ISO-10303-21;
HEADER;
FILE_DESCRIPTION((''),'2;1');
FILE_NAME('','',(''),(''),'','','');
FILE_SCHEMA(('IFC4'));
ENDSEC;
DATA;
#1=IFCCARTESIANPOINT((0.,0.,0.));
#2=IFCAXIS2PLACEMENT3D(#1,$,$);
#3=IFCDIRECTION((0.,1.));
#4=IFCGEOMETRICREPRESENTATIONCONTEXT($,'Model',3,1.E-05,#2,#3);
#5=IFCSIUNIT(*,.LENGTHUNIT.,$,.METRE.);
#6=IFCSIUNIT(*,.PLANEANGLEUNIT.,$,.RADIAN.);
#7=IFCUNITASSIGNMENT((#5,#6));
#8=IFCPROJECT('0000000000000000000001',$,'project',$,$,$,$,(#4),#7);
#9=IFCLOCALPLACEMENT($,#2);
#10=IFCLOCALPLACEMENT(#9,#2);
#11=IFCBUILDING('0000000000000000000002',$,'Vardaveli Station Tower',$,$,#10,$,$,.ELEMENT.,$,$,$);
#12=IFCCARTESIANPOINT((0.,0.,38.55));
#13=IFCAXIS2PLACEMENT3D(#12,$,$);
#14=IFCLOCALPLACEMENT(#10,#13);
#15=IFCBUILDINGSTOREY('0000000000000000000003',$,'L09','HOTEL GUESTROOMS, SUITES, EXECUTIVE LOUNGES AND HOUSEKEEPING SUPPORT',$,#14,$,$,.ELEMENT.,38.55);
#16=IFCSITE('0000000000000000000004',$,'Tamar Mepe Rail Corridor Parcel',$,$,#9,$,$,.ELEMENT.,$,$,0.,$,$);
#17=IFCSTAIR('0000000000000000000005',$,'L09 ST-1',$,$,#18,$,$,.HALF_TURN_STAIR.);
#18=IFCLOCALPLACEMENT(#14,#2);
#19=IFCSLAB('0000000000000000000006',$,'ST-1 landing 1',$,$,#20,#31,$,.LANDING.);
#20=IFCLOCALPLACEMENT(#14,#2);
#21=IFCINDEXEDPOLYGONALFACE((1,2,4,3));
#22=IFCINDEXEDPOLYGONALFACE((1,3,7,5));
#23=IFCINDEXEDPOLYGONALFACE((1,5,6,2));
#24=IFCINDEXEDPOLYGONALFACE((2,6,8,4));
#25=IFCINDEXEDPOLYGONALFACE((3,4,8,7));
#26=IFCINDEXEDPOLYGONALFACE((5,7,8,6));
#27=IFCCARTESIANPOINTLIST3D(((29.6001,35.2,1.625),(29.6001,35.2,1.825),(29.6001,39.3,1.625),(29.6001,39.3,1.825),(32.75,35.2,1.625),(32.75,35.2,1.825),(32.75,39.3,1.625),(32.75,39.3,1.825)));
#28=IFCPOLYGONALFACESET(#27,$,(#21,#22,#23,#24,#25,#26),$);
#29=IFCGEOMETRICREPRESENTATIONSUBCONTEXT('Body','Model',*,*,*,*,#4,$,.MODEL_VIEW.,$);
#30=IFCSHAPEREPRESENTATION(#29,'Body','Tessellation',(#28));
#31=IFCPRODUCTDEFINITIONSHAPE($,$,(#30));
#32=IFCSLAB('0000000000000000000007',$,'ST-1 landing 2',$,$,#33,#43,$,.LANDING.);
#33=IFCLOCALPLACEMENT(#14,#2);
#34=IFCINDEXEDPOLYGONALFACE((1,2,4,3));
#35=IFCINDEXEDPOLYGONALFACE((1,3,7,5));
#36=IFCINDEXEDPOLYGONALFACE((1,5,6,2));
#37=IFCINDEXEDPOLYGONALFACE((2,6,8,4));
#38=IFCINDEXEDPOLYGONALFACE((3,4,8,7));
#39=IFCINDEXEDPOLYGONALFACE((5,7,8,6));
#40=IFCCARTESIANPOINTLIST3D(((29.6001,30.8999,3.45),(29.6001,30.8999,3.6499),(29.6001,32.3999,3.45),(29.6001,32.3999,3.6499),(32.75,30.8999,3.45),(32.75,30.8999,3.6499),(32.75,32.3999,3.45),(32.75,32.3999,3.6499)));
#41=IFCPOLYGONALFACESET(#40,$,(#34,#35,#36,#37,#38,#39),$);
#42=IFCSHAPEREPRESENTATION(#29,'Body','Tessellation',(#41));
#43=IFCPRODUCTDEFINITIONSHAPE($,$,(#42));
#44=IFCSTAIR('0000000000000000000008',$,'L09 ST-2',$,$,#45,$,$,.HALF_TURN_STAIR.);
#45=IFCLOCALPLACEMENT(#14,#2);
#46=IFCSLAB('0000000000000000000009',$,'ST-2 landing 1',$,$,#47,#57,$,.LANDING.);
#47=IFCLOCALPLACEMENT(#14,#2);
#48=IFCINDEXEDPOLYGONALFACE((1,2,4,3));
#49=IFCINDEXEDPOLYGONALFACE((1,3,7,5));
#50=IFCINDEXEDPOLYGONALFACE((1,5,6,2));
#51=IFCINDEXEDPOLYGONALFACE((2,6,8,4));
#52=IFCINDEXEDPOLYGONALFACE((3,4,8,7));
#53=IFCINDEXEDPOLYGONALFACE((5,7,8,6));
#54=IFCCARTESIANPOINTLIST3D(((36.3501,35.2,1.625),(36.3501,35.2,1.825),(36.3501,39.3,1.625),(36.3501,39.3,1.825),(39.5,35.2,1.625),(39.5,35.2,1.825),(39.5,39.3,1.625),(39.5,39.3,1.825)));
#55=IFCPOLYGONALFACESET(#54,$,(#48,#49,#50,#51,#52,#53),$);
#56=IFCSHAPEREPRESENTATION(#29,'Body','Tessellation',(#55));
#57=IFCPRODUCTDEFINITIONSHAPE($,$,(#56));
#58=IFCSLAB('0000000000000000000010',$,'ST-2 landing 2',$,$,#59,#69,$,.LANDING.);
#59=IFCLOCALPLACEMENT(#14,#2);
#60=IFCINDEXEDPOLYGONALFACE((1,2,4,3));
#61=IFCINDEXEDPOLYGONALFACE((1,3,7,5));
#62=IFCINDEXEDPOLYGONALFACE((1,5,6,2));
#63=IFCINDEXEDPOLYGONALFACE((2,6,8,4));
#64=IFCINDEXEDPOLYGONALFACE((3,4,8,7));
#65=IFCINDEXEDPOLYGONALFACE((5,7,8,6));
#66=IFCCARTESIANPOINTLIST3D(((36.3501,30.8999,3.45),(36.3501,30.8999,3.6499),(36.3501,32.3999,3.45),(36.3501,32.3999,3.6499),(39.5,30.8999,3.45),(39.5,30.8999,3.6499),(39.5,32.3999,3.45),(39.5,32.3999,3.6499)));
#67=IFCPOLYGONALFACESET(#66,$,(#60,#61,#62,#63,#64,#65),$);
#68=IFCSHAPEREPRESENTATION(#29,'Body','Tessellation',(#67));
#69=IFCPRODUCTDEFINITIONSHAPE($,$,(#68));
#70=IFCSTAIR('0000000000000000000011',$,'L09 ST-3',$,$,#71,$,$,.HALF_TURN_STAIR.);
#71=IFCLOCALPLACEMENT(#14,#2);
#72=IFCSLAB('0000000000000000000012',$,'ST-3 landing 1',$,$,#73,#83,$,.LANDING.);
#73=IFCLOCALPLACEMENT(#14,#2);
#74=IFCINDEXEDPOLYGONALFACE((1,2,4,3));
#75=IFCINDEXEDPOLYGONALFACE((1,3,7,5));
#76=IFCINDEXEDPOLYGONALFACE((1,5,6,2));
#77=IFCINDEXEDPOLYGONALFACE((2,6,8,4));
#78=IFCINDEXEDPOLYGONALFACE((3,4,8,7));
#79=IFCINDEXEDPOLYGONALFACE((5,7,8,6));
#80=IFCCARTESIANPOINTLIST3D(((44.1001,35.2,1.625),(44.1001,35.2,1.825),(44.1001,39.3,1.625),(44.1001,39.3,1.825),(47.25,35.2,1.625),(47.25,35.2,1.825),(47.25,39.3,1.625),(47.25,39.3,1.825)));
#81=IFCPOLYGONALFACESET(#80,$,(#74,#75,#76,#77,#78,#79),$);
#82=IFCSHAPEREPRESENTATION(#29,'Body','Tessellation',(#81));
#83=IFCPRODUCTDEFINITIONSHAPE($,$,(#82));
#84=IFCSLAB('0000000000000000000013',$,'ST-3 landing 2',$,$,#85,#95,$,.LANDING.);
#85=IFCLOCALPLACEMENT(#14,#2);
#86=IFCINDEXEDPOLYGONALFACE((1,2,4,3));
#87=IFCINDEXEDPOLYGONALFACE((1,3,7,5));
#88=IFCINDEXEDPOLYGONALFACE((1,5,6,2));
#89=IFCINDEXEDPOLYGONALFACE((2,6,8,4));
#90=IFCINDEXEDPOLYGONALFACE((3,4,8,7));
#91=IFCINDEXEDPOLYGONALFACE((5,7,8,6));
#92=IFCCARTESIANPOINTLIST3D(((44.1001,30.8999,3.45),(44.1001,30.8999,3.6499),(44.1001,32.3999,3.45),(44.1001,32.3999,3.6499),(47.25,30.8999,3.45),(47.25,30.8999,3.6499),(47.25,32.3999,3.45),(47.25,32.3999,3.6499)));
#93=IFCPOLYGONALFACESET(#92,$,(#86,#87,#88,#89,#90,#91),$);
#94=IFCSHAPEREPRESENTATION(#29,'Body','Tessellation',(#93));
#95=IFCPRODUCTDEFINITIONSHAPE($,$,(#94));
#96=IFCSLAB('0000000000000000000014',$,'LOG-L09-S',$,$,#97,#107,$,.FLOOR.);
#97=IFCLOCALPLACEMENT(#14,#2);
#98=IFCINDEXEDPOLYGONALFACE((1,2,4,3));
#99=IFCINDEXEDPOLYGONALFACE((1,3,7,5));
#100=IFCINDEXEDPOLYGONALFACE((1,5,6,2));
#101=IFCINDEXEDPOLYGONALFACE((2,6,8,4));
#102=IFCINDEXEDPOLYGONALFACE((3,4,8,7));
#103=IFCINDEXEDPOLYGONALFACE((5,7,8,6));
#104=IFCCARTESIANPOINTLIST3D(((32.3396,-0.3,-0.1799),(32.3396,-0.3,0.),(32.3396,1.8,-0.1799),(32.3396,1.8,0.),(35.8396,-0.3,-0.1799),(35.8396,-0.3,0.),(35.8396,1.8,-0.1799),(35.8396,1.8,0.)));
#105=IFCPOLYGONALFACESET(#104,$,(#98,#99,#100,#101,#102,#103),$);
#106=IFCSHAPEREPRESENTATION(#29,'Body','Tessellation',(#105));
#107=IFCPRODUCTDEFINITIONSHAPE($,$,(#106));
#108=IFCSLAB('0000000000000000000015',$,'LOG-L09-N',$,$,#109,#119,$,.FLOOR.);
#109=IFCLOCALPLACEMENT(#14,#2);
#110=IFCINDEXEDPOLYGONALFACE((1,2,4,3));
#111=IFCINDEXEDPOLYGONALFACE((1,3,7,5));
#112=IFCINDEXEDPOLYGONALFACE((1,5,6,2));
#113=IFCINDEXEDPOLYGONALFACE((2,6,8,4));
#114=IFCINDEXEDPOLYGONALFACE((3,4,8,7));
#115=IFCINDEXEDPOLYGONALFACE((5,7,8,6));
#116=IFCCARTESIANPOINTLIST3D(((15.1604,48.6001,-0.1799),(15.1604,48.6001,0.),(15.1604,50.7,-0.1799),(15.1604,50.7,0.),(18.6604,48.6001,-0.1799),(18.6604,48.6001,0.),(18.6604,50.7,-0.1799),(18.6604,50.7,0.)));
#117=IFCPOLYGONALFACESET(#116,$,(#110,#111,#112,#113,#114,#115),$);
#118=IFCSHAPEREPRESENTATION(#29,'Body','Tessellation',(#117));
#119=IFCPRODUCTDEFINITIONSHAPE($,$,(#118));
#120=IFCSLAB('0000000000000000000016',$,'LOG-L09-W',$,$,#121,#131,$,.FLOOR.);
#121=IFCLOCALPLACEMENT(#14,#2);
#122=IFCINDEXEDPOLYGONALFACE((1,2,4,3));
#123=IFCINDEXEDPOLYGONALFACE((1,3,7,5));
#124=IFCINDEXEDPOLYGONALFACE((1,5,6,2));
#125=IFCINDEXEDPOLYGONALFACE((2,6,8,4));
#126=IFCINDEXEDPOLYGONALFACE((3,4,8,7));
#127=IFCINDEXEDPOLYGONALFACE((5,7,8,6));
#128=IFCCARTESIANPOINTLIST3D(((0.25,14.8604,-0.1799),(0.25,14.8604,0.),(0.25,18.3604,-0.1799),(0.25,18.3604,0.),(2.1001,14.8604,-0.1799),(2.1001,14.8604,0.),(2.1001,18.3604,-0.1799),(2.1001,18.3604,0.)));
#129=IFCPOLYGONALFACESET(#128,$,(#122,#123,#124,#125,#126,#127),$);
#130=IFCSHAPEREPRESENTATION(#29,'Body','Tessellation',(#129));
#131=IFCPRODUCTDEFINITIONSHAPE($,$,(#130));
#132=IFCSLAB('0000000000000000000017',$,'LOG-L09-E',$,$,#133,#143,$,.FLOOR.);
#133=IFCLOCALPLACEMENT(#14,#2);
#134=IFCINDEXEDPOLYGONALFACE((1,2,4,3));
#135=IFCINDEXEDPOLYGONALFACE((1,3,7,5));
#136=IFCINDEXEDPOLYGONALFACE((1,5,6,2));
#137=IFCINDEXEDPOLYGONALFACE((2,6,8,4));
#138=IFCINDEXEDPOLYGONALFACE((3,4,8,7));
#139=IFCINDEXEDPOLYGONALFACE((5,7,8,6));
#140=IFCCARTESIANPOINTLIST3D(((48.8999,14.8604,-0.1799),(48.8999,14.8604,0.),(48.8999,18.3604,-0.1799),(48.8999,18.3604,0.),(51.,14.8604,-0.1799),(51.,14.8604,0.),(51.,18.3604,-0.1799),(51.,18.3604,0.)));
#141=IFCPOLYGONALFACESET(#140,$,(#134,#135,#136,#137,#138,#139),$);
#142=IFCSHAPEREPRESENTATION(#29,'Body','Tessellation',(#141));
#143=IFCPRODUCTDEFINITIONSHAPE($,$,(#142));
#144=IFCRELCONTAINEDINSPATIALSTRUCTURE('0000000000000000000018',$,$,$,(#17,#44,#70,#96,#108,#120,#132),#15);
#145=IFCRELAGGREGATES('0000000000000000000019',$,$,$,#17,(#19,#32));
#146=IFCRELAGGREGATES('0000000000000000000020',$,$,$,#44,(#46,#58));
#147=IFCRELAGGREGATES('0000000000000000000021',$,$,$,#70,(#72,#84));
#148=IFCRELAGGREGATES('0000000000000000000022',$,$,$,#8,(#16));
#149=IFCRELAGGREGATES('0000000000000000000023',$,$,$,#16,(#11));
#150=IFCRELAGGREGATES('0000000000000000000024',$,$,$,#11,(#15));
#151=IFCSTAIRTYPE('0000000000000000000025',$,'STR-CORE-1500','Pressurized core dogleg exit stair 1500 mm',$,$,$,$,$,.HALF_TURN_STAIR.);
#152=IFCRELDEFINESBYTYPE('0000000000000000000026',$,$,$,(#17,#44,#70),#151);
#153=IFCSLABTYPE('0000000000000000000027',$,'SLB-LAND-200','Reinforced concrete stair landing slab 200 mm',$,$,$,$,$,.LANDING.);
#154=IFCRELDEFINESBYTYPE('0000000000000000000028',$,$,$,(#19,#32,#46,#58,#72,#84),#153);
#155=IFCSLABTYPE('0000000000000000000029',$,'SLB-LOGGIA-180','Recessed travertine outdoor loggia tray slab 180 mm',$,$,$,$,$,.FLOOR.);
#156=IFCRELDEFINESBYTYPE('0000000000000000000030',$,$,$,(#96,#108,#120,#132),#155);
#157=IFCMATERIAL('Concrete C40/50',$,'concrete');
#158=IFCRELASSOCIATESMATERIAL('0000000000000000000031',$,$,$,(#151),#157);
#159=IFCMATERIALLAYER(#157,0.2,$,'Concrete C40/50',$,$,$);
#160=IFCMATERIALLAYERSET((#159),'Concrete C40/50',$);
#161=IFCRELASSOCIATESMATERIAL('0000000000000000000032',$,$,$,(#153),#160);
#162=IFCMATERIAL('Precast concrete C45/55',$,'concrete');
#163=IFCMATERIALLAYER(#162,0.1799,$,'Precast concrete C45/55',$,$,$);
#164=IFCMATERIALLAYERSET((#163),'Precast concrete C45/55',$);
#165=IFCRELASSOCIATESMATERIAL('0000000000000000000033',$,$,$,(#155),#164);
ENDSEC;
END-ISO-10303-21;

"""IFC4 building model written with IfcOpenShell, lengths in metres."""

from ifc_helpers import new_model, si_unit, direction, frame, origin, place, context, subcontext, project, spatial, polyline, outline, extrude, material, layer, layer_set, type_object, element, aggregate, save


model = new_model("IFC4")

# Units and contexts
model_context = context("Model", 3, precision=1e-05, world=origin(), true_north=direction((0.0, 1.0)))
body_context = subcontext(model_context, "Body", "Model", "MODEL_VIEW")
ifc_project = project(units=[si_unit("LENGTHUNIT", "METRE"), si_unit("PLANEANGLEUNIT", "RADIAN")], contexts=[model_context])

# Site, building, storey
site_placement = place(None, origin())
site = spatial("IfcSite", under=ifc_project, at=site_placement, Name="Tamar Mepe Rail Corridor Parcel", CompositionType="ELEMENT", RefElevation=0.0)
building_placement = place(site_placement, origin())
building = spatial("IfcBuilding", under=site, at=building_placement, Name="Vardaveli Station Tower", CompositionType="ELEMENT")
storey_placement = place(building_placement, frame((0.0, 0.0, 38.55)))
storey = spatial("IfcBuildingStorey", under=building, at=storey_placement, Name="L09", Description="HOTEL GUESTROOMS, SUITES, EXECUTIVE LOUNGES AND HOUSEKEEPING SUPPORT", CompositionType="ELEMENT", Elevation=38.55)

# Stairs, slabs
ifc_material_1 = material(Name="Concrete C40/50", Category="concrete")
stair_type = type_object("IfcStairType", Name="STR-CORE-1500", Description="Pressurized core dogleg exit stair 1500 mm", PredefinedType="HALF_TURN_STAIR", material=ifc_material_1)
stair_1_placement = place(storey_placement, origin())
stair_1 = element("IfcStair", 1, at=stair_1_placement, inside=storey, type_object=stair_type, Name="L09 ST-1", PredefinedType="HALF_TURN_STAIR")
ifc_layer_1 = layer(ifc_material_1, 0.2, Name="Concrete C40/50")
ifc_layer_set_1 = layer_set([ifc_layer_1], Name="Concrete C40/50")
slab_type_1 = type_object("IfcSlabType", Name="SLB-LAND-200", Description="Reinforced concrete stair landing slab 200 mm", PredefinedType="LANDING", material=ifc_layer_set_1)
slab_1_placement = place(storey_placement, frame((0.0, 0.0, 1.625)))
slab_1 = element("IfcSlab", 2, at=slab_1_placement, type_object=slab_type_1, Name="ST-1 landing 1", PredefinedType="LANDING", context=body_context, shape_type="SweptSolid", body=[
    extrude(outline(polyline([(32.75, 35.2), (32.75, 39.3), (29.6001, 39.3), (29.6001, 35.2), (32.75, 35.2)])), origin(), (0.0, 0.0, 1.0), 0.2),
])
slab_2_placement = place(storey_placement, frame((0.0, 0.0, 3.45)))
slab_2 = element("IfcSlab", 3, at=slab_2_placement, type_object=slab_type_1, Name="ST-1 landing 2", PredefinedType="LANDING", context=body_context, shape_type="SweptSolid", body=[
    extrude(outline(polyline([(32.75, 30.8999), (32.75, 32.3999), (29.6001, 32.3999), (29.6001, 30.8999), (32.75, 30.8999)])), origin(), (0.0, 0.0, 1.0), 0.2),
])
aggregate(stair_1, [slab_1, slab_2])
stair_2_placement = place(storey_placement, origin())
stair_2 = element("IfcStair", 4, at=stair_2_placement, inside=storey, type_object=stair_type, Name="L09 ST-2", PredefinedType="HALF_TURN_STAIR")
slab_3_placement = place(storey_placement, frame((0.0, 0.0, 1.625)))
slab_3 = element("IfcSlab", 5, at=slab_3_placement, type_object=slab_type_1, Name="ST-2 landing 1", PredefinedType="LANDING", context=body_context, shape_type="SweptSolid", body=[
    extrude(outline(polyline([(39.5, 35.2), (39.5, 39.3), (36.3501, 39.3), (36.3501, 35.2), (39.5, 35.2)])), origin(), (0.0, 0.0, 1.0), 0.2),
])
slab_4_placement = place(storey_placement, frame((0.0, 0.0, 3.45)))
slab_4 = element("IfcSlab", 6, at=slab_4_placement, type_object=slab_type_1, Name="ST-2 landing 2", PredefinedType="LANDING", context=body_context, shape_type="SweptSolid", body=[
    extrude(outline(polyline([(39.5, 30.8999), (39.5, 32.3999), (36.3501, 32.3999), (36.3501, 30.8999), (39.5, 30.8999)])), origin(), (0.0, 0.0, 1.0), 0.2),
])
aggregate(stair_2, [slab_3, slab_4])
stair_3_placement = place(storey_placement, origin())
stair_3 = element("IfcStair", 7, at=stair_3_placement, inside=storey, type_object=stair_type, Name="L09 ST-3", PredefinedType="HALF_TURN_STAIR")
slab_5_placement = place(storey_placement, frame((0.0, 0.0, 1.625)))
slab_5 = element("IfcSlab", 8, at=slab_5_placement, type_object=slab_type_1, Name="ST-3 landing 1", PredefinedType="LANDING", context=body_context, shape_type="SweptSolid", body=[
    extrude(outline(polyline([(47.25, 35.2), (47.25, 39.3), (44.1001, 39.3), (44.1001, 35.2), (47.25, 35.2)])), origin(), (0.0, 0.0, 1.0), 0.2),
])
slab_6_placement = place(storey_placement, frame((0.0, 0.0, 3.45)))
slab_6 = element("IfcSlab", 9, at=slab_6_placement, type_object=slab_type_1, Name="ST-3 landing 2", PredefinedType="LANDING", context=body_context, shape_type="SweptSolid", body=[
    extrude(outline(polyline([(47.25, 30.8999), (47.25, 32.3999), (44.1001, 32.3999), (44.1001, 30.8999), (47.25, 30.8999)])), origin(), (0.0, 0.0, 1.0), 0.2),
])
aggregate(stair_3, [slab_5, slab_6])

# Slabs
ifc_material_2 = material(Name="Precast concrete C45/55", Category="concrete")
ifc_layer_2 = layer(ifc_material_2, 0.1799, Name="Precast concrete C45/55")
ifc_layer_set_2 = layer_set([ifc_layer_2], Name="Precast concrete C45/55")
slab_type_2 = type_object("IfcSlabType", Name="SLB-LOGGIA-180", Description="Recessed travertine outdoor loggia tray slab 180 mm", PredefinedType="FLOOR", material=ifc_layer_set_2)
slab_7_placement = place(storey_placement, frame((0.0, 0.0, -0.1799)))
element("IfcSlab", 10, at=slab_7_placement, inside=storey, type_object=slab_type_2, Name="LOG-L09-S", PredefinedType="FLOOR", context=body_context, shape_type="SweptSolid", body=[
    extrude(outline(polyline([(32.3396, -0.3), (35.8396, -0.3), (35.8396, 1.8), (32.3396, 1.8), (32.3396, -0.3)])), origin(), (0.0, 0.0, 1.0), 0.1799),
])
slab_8_placement = place(storey_placement, frame((0.0, 0.0, -0.1799)))
element("IfcSlab", 11, at=slab_8_placement, inside=storey, type_object=slab_type_2, Name="LOG-L09-N", PredefinedType="FLOOR", context=body_context, shape_type="SweptSolid", body=[
    extrude(outline(polyline([(15.1604, 48.6001), (18.6604, 48.6001), (18.6604, 50.7), (15.1604, 50.7), (15.1604, 48.6001)])), origin(), (0.0, 0.0, 1.0), 0.1799),
])
slab_9_placement = place(storey_placement, frame((0.0, 0.0, -0.1799)))
element("IfcSlab", 12, at=slab_9_placement, inside=storey, type_object=slab_type_2, Name="LOG-L09-W", PredefinedType="FLOOR", context=body_context, shape_type="SweptSolid", body=[
    extrude(outline(polyline([(0.25, 14.8604), (2.1001, 14.8604), (2.1001, 18.3604), (0.25, 18.3604), (0.25, 14.8604)])), origin(), (0.0, 0.0, 1.0), 0.1799),
])
slab_10_placement = place(storey_placement, frame((0.0, 0.0, -0.1799)))
element("IfcSlab", 13, at=slab_10_placement, inside=storey, type_object=slab_type_2, Name="LOG-L09-E", PredefinedType="FLOOR", context=body_context, shape_type="SweptSolid", body=[
    extrude(outline(polyline([(48.8999, 14.8604), (51.0, 14.8604), (51.0, 18.3604), (48.8999, 18.3604), (48.8999, 14.8604)])), origin(), (0.0, 0.0, 1.0), 0.1799),
])

save(model, "model.ifc")
